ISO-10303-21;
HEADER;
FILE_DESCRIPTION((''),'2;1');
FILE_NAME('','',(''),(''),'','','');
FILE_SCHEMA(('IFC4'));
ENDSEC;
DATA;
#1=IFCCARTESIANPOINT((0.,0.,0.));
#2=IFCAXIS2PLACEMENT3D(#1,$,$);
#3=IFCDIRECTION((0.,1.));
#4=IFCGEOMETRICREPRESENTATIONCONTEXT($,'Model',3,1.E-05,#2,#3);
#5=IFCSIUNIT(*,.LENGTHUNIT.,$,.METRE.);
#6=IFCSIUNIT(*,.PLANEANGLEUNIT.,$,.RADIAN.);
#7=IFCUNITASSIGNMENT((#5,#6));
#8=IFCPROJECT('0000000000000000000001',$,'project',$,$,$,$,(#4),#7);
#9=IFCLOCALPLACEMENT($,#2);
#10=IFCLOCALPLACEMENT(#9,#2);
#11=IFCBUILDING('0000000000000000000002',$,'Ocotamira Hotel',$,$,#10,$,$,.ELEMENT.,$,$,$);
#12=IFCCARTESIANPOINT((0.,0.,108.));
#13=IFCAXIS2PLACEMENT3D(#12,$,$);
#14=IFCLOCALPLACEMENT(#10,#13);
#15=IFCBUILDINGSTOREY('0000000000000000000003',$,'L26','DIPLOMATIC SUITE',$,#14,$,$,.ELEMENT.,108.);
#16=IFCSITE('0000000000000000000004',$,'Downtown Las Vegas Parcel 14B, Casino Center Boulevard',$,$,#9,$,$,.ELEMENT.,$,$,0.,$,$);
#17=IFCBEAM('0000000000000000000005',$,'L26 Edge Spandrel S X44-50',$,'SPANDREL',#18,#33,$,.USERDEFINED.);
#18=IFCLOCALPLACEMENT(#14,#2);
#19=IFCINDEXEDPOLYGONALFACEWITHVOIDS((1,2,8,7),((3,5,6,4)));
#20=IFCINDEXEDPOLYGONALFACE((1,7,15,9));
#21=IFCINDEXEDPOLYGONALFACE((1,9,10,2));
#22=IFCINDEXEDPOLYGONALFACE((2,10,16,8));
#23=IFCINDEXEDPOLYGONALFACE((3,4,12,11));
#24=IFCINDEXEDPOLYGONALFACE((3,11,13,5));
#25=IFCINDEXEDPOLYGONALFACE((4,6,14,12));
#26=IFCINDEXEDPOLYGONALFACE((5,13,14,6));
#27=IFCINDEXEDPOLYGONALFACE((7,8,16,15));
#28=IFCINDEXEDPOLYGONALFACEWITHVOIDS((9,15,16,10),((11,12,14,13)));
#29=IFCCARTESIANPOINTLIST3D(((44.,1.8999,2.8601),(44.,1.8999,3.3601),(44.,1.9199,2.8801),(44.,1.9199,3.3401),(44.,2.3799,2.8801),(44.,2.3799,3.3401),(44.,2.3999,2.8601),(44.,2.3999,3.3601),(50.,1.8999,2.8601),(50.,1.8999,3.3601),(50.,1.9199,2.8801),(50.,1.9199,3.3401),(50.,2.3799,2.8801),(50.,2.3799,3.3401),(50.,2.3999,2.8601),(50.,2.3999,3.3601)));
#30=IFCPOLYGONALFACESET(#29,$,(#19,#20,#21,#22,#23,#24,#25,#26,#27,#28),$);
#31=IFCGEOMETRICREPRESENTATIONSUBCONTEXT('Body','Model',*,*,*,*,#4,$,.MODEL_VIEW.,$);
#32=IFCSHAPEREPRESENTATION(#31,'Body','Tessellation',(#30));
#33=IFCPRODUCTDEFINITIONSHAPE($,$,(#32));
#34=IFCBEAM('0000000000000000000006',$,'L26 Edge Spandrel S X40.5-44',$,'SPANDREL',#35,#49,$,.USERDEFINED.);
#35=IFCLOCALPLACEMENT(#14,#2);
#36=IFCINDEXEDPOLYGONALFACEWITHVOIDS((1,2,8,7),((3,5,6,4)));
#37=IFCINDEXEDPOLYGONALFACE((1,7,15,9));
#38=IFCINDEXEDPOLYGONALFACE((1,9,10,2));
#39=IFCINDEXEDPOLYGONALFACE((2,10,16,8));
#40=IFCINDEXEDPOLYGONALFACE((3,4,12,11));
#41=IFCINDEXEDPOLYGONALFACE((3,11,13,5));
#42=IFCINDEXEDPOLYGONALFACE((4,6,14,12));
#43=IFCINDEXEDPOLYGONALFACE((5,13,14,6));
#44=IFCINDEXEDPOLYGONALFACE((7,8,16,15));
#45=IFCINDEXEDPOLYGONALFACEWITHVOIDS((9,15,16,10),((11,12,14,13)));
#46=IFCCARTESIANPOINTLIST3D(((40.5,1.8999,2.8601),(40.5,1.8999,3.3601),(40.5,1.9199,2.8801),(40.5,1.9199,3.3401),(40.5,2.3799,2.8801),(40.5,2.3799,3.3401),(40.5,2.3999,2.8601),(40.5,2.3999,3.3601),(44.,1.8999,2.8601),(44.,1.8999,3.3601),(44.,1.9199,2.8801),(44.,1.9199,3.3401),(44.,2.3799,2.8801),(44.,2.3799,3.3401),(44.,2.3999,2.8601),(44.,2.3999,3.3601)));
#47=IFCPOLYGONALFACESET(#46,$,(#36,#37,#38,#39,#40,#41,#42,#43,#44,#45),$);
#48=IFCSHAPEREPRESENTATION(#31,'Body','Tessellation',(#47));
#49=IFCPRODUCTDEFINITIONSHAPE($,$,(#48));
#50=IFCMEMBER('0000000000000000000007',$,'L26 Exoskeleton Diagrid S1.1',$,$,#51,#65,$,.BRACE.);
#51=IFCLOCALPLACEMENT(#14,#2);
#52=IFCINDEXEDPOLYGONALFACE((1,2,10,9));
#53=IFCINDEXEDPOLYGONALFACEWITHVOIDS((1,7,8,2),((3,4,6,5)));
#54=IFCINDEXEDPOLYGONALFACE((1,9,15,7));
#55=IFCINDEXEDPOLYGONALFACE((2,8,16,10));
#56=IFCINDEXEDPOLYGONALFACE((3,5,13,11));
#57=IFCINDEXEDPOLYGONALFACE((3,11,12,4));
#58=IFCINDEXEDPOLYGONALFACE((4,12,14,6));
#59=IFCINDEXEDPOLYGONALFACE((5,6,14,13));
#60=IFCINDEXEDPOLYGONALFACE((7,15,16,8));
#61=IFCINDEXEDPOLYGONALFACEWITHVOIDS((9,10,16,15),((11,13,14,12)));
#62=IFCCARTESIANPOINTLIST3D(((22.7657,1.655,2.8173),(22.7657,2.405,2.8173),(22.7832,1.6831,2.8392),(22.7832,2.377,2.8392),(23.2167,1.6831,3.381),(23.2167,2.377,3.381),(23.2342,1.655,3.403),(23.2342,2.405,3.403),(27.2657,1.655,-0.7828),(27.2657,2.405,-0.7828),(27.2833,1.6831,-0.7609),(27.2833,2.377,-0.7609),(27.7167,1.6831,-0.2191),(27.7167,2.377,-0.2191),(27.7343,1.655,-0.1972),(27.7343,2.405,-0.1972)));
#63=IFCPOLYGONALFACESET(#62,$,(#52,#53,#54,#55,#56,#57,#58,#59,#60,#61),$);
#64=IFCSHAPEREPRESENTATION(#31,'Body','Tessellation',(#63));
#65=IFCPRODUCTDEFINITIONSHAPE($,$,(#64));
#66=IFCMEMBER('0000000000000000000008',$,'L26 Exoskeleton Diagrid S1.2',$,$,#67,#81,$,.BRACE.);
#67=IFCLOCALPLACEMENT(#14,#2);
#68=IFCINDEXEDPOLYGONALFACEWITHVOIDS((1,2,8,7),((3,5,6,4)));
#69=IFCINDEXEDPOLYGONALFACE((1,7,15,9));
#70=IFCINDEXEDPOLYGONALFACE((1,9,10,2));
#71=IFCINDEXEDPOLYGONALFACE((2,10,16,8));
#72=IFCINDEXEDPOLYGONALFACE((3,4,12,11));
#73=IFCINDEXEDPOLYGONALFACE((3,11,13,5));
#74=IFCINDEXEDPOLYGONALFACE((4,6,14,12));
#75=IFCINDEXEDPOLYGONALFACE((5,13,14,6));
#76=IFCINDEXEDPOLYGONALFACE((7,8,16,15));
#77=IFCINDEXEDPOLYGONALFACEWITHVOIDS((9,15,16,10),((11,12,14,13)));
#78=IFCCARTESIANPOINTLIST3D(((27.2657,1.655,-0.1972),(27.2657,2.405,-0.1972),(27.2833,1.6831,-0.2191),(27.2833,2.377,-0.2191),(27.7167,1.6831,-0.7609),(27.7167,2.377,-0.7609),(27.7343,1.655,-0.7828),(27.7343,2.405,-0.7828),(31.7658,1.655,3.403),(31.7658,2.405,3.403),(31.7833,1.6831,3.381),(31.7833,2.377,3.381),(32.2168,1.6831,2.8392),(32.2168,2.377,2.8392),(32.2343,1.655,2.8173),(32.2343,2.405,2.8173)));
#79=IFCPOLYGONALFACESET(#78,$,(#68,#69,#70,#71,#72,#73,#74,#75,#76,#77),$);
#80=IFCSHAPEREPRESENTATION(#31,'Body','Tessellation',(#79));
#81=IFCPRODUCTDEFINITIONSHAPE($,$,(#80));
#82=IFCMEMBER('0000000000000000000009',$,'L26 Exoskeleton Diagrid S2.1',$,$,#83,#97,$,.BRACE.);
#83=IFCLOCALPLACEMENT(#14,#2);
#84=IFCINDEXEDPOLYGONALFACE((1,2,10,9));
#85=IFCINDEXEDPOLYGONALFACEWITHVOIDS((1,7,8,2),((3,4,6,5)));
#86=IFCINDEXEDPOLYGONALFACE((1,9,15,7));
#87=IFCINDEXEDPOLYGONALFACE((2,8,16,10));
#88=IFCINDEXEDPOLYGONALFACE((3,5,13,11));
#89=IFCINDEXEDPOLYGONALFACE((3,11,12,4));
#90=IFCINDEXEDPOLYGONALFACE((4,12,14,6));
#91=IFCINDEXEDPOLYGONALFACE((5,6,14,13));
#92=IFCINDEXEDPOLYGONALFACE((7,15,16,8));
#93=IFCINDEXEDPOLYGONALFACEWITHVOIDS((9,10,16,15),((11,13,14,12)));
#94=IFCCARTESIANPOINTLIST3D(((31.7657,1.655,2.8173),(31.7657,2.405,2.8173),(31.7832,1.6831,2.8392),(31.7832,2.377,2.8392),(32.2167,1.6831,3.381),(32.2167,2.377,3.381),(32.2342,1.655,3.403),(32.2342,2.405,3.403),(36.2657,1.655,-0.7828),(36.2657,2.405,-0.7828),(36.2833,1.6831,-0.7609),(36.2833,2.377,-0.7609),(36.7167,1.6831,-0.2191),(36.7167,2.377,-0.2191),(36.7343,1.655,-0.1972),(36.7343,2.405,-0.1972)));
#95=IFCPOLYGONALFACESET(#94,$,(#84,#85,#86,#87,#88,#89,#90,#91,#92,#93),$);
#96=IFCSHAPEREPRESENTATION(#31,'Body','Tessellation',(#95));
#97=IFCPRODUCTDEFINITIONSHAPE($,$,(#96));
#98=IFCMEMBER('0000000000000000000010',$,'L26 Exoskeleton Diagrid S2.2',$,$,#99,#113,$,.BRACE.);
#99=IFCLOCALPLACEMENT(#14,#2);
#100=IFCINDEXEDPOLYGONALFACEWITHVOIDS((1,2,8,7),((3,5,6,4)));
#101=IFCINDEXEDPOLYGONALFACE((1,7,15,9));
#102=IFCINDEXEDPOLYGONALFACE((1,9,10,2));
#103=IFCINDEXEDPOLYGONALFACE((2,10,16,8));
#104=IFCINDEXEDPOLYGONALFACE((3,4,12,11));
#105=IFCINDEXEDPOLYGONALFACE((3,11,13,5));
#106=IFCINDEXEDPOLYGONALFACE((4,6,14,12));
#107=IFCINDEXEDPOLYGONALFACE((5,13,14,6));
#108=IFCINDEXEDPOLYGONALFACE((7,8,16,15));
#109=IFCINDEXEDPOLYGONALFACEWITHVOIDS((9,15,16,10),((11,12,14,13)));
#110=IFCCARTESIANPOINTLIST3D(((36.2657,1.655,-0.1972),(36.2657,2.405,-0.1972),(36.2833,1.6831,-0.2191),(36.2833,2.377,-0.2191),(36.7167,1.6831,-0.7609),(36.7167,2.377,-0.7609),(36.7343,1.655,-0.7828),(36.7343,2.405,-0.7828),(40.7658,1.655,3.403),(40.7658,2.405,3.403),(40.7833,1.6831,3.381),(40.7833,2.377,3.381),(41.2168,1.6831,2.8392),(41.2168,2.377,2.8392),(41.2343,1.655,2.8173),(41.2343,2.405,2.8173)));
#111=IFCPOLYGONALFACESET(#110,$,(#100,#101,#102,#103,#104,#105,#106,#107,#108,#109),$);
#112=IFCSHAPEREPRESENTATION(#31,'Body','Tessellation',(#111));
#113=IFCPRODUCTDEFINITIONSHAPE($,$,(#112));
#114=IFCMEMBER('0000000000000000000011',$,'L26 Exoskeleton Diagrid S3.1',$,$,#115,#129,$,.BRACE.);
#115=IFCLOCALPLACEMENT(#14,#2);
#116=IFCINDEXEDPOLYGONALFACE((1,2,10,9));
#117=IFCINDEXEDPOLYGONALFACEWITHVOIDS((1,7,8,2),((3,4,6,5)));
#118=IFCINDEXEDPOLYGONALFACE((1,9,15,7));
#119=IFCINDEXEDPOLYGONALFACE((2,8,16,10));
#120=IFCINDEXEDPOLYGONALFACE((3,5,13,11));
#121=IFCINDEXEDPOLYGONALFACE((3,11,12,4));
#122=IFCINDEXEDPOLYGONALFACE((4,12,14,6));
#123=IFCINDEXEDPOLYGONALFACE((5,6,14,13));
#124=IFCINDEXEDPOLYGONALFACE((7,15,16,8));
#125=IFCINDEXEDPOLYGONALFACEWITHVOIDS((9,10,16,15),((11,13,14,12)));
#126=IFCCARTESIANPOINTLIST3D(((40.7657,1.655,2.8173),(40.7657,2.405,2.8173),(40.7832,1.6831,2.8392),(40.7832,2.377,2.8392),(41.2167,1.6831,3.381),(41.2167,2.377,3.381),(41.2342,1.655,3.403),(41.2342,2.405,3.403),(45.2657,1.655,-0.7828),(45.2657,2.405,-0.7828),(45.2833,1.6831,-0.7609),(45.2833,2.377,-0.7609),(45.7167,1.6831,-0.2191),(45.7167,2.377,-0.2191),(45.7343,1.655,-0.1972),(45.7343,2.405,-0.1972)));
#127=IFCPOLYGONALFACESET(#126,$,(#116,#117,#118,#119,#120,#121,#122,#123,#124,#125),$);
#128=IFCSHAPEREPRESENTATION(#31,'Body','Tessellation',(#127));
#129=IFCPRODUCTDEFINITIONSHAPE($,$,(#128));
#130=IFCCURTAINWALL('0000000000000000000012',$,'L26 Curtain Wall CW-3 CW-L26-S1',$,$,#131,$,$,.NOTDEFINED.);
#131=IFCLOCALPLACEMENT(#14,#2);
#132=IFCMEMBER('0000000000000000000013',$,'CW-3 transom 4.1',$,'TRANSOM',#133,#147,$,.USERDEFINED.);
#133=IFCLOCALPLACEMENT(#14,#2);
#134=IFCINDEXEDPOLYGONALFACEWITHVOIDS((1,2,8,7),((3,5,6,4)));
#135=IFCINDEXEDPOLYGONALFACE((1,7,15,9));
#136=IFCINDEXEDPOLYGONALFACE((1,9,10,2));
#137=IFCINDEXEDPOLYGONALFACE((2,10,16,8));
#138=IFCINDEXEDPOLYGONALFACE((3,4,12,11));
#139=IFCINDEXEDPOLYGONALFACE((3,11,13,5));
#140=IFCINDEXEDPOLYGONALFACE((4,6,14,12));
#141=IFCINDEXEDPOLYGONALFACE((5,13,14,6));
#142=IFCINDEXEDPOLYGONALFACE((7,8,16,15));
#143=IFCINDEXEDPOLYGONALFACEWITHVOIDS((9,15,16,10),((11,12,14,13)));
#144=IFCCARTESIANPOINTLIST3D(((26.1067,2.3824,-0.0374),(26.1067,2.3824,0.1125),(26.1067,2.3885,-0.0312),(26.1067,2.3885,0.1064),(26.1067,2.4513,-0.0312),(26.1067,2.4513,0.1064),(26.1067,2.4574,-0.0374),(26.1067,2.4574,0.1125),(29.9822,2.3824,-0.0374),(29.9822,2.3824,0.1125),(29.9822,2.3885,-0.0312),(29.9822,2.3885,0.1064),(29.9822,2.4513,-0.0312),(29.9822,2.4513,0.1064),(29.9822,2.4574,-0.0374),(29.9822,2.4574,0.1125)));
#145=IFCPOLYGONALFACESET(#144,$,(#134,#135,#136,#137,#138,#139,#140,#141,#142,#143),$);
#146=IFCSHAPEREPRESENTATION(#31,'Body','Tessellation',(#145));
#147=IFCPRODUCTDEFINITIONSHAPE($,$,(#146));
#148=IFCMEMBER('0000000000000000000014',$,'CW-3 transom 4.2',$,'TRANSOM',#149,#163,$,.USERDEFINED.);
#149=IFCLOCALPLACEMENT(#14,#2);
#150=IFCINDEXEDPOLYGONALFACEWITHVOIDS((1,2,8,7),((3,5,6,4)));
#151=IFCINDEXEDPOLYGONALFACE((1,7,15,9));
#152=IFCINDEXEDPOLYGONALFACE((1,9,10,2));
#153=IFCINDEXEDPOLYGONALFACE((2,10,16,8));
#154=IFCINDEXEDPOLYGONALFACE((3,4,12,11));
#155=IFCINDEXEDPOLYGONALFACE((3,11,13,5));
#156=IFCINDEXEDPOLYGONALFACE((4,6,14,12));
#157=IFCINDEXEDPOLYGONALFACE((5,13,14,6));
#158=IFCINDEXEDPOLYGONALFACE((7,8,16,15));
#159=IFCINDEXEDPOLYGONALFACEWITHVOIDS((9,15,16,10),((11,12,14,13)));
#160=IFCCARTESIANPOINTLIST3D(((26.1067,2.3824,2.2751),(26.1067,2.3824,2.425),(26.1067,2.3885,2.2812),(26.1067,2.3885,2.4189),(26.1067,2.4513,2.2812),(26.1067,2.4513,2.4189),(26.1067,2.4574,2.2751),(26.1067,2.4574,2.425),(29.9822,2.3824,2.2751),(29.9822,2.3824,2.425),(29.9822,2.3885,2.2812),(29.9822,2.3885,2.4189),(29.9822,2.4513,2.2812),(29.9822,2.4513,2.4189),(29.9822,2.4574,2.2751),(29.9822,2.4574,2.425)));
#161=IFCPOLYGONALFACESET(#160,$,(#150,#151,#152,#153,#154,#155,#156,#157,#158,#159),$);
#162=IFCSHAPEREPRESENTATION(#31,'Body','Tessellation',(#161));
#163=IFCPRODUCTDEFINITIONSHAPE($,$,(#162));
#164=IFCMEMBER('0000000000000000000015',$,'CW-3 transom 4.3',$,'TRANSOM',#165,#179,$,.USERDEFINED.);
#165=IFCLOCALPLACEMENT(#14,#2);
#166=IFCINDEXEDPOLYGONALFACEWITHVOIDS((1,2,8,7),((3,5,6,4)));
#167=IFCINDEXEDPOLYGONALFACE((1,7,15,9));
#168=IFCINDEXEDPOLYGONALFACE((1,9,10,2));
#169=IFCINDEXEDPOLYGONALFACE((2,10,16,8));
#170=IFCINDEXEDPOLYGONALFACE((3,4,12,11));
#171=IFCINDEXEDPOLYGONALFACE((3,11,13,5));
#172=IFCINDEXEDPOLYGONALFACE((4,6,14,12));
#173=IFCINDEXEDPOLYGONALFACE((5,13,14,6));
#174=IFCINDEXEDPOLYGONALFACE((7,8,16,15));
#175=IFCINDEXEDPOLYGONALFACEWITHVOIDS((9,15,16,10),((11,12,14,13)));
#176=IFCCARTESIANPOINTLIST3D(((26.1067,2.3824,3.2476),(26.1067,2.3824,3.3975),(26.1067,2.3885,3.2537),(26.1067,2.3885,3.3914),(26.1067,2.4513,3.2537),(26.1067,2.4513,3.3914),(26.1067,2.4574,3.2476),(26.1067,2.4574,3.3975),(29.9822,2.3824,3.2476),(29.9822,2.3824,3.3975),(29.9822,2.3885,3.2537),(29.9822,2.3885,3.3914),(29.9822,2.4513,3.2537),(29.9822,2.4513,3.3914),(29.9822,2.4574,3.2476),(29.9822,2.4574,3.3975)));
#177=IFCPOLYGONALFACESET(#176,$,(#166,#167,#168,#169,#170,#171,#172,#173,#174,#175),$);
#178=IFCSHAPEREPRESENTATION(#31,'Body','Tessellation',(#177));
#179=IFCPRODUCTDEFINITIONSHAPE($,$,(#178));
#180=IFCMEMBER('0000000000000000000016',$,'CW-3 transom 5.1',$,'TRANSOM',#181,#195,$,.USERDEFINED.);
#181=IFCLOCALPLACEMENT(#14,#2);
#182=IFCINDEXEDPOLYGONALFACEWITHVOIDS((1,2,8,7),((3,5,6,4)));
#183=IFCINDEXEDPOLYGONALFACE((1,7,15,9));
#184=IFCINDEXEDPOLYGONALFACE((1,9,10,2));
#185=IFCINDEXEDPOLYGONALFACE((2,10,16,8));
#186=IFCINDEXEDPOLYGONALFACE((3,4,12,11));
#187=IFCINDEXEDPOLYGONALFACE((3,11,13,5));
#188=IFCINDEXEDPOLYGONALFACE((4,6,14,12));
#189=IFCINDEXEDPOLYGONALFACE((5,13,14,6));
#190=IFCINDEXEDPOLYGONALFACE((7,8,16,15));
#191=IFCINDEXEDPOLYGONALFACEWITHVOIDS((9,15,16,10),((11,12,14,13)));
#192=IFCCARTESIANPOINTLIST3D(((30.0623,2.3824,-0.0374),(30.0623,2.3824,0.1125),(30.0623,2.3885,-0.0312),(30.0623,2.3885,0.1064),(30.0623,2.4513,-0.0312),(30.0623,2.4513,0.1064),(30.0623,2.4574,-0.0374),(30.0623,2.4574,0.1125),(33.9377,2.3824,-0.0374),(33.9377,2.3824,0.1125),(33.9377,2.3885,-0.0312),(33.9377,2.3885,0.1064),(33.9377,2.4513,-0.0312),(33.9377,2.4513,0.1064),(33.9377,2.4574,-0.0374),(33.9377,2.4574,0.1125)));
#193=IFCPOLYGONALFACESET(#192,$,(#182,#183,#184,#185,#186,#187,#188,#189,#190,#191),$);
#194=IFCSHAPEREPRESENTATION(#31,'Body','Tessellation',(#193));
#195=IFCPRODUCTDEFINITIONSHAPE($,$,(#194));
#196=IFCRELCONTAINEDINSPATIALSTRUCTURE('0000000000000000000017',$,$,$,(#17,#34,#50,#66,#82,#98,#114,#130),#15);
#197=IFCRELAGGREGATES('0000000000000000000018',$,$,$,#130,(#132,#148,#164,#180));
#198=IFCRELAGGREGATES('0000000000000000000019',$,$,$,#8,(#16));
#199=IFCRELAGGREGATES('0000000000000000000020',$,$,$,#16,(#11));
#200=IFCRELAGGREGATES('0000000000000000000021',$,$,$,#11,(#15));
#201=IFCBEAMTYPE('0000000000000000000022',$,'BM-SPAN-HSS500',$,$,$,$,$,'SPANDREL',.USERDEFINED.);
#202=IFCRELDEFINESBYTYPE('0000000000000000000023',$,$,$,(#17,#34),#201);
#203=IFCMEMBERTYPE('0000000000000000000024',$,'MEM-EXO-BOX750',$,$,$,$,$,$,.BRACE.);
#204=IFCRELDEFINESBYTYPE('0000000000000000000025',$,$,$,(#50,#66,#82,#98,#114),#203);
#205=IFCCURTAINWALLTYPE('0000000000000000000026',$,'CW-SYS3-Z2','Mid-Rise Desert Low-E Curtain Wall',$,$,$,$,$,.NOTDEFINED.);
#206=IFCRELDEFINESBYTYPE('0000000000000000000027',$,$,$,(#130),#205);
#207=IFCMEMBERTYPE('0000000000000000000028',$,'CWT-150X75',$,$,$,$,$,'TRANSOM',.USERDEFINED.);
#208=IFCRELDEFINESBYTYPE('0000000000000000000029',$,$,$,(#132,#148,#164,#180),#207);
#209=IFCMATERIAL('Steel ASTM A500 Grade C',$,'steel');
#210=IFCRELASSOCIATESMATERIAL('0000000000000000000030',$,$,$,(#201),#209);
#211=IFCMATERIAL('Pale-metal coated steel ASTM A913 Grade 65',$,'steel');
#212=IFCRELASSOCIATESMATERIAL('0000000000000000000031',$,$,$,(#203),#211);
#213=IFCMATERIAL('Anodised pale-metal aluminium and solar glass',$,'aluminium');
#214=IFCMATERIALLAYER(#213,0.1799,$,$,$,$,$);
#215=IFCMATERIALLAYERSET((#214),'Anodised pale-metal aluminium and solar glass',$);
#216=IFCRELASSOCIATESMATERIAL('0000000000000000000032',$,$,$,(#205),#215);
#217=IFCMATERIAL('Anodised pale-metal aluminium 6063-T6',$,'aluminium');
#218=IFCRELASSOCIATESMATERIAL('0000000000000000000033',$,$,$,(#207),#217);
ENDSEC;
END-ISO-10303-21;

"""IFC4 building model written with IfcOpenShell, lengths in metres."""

from ifc_helpers import new_model, si_unit, direction, frame, origin, origin_2d, place, context, subcontext, project, spatial, hollow_rectangle, extrude, source, transform, mapped, material, layer, layer_set, material_profile, profile_set, type_object, element, aggregate, save


model = new_model("IFC4")

# Units and contexts
model_context = context("Model", 3, precision=1e-05, world=origin(), true_north=direction((0.0, 1.0)))
body_context = subcontext(model_context, "Body", "Model", "MODEL_VIEW")
ifc_project = project(units=[si_unit("LENGTHUNIT", "METRE"), si_unit("PLANEANGLEUNIT", "RADIAN")], contexts=[model_context])

# Site, building, storey
site_placement = place(None, origin())
site = spatial("IfcSite", under=ifc_project, at=site_placement, Name="Downtown Las Vegas Parcel 14B, Casino Center Boulevard", CompositionType="ELEMENT", RefElevation=0.0)
building_placement = place(site_placement, origin())
building = spatial("IfcBuilding", under=site, at=building_placement, Name="Ocotamira Hotel", CompositionType="ELEMENT")
storey_placement = place(building_placement, frame((0.0, 0.0, 108.0)))
storey = spatial("IfcBuildingStorey", under=building, at=storey_placement, Name="L26", Description="DIPLOMATIC SUITE", CompositionType="ELEMENT", Elevation=108.0)

# Beams
ifc_material_1 = material(Name="Steel ASTM A500 Grade C", Category="steel")
ifc_material_profile_1 = material_profile(ifc_material_1, hollow_rectangle(XDim=0.5, YDim=0.5, WallThickness=0.02, at=origin_2d()), Name="HSS500X500X20")
ifc_profile_set_1 = profile_set([ifc_material_profile_1], Name="Steel ASTM A500 Grade C")
beam_type = type_object("IfcBeamType", Name="BM-SPAN-HSS500", ElementType="SPANDREL", PredefinedType="USERDEFINED", material=ifc_profile_set_1)
shared_shape_1 = source(origin(), body_context, "Body", "SweptSolid", [
    extrude(hollow_rectangle(XDim=0.5, YDim=0.5, WallThickness=0.02, at=origin_2d()), origin(), (0.0, 0.0, 1.0), 6.0),
])
beam_1_placement = place(storey_placement, frame((44.0, 2.1499, 3.1101), z_axis=(1.0, 0.0, 0.0), x_axis=(0.0, 1.0, 0.0)))
element("IfcBeam", 1, at=beam_1_placement, inside=storey, type_object=beam_type, Name="L26 Edge Spandrel S X44-50", ObjectType="SPANDREL", PredefinedType="USERDEFINED", context=body_context, shape_type="MappedRepresentation", body=[
    mapped(shared_shape_1, transform((0.0, 0.0, 0.0), scale=1.0)),
])
shared_shape_2 = source(origin(), body_context, "Body", "SweptSolid", [
    extrude(hollow_rectangle(XDim=0.5, YDim=0.5, WallThickness=0.02, at=origin_2d()), origin(), (0.0, 0.0, 1.0), 3.5),
])
beam_2_placement = place(storey_placement, frame((40.5, 2.1499, 3.1101), z_axis=(1.0, 0.0, 0.0), x_axis=(0.0, 1.0, 0.0)))
element("IfcBeam", 2, at=beam_2_placement, inside=storey, type_object=beam_type, Name="L26 Edge Spandrel S X40.5-44", ObjectType="SPANDREL", PredefinedType="USERDEFINED", context=body_context, shape_type="MappedRepresentation", body=[
    mapped(shared_shape_2, transform((0.0, 0.0, 0.0), scale=1.0)),
])

# Members
ifc_material_2 = material(Name="Pale-metal coated steel ASTM A913 Grade 65", Category="steel")
ifc_material_profile_2 = material_profile(ifc_material_2, hollow_rectangle(XDim=0.75, YDim=0.75, WallThickness=0.0281, at=origin_2d()), Name="BOX750X750X28")
ifc_profile_set_2 = profile_set([ifc_material_profile_2], Name="Pale-metal coated steel ASTM A913 Grade 65")
member_type_1 = type_object("IfcMemberType", Name="MEM-EXO-BOX750", PredefinedType="BRACE", material=ifc_profile_set_2)
shared_shape_3 = source(origin(), body_context, "Body", "SweptSolid", [
    extrude(hollow_rectangle(XDim=0.75, YDim=0.75, WallThickness=0.0281, at=origin_2d()), origin(), (0.0, 0.0, 1.0), 5.7629),
])
for number, where, z_axis, x_axis, name in (
    (3, (27.5, 2.03, -0.49), (-0.780861, 0.0, 0.624705), (0.0, -1.0, 0.0), "L26 Exoskeleton Diagrid S1.1"),
    (4, (27.5, 2.03, -0.49), (0.780861, 0.0, 0.624705), (0.0, 1.0, 0.0), "L26 Exoskeleton Diagrid S1.2"),
    (5, (36.5, 2.03, -0.49), (-0.780861, 0.0, 0.624705), (0.0, -1.0, 0.0), "L26 Exoskeleton Diagrid S2.1"),
    (6, (36.5, 2.03, -0.49), (0.780861, 0.0, 0.624705), (0.0, 1.0, 0.0), "L26 Exoskeleton Diagrid S2.2"),
    (7, (45.5, 2.03, -0.49), (-0.780861, 0.0, 0.624705), (0.0, -1.0, 0.0), "L26 Exoskeleton Diagrid S3.1"),
):
    element("IfcMember", number, at=place(storey_placement, frame(where, z_axis=z_axis, x_axis=x_axis)), inside=storey, type_object=member_type_1, Name=name, PredefinedType="BRACE", context=body_context, shape_type="MappedRepresentation", body=[
        mapped(shared_shape_3, transform((0.0, 0.0, 0.0), scale=1.0)),
    ])

# Curtain wall, members
ifc_material_3 = material(Name="Anodised pale-metal aluminium and solar glass", Category="aluminium")
ifc_layer_1 = layer(ifc_material_3, 0.1799)
ifc_layer_set_1 = layer_set([ifc_layer_1], Name="Anodised pale-metal aluminium and solar glass")
curtain_wall_type = type_object("IfcCurtainWallType", Name="CW-SYS3-Z2", Description="Mid-Rise Desert Low-E Curtain Wall", PredefinedType="NOTDEFINED", material=ifc_layer_set_1)
curtain_wall_placement = place(storey_placement, origin())
curtain_wall = element("IfcCurtainWall", 8, at=curtain_wall_placement, inside=storey, type_object=curtain_wall_type, Name="L26 Curtain Wall CW-3 CW-L26-S1", PredefinedType="NOTDEFINED")
ifc_material_4 = material(Name="Anodised pale-metal aluminium 6063-T6", Category="aluminium")
ifc_material_profile_3 = material_profile(ifc_material_4, hollow_rectangle(XDim=0.075, YDim=0.1499, WallThickness=0.0061, at=origin_2d()), Name="HSS150X75X6")
ifc_profile_set_3 = profile_set([ifc_material_profile_3], Name="Anodised pale-metal aluminium 6063-T6")
member_type_2 = type_object("IfcMemberType", Name="CWT-150X75", ElementType="TRANSOM", PredefinedType="USERDEFINED", material=ifc_profile_set_3)
shared_shape_4 = source(origin(), body_context, "Body", "SweptSolid", [
    extrude(hollow_rectangle(XDim=0.075, YDim=0.1499, WallThickness=0.0061, at=origin_2d()), origin(), (0.0, 0.0, 1.0), 3.8755),
])
member_1_placement = place(storey_placement, frame((26.1067, 2.4199, 0.0376), z_axis=(1.0, 0.0, 0.0), x_axis=(0.0, 1.0, 0.0)))
member_1 = element("IfcMember", 9, at=member_1_placement, type_object=member_type_2, Name="CW-3 transom 4.1", ObjectType="TRANSOM", PredefinedType="USERDEFINED", context=body_context, shape_type="MappedRepresentation", body=[
    mapped(shared_shape_4, transform((0.0, 0.0, 0.0), scale=1.0)),
])
member_2_placement = place(storey_placement, frame((26.1067, 2.4199, 2.3501), z_axis=(1.0, 0.0, 0.0), x_axis=(0.0, 1.0, 0.0)))
member_2 = element("IfcMember", 10, at=member_2_placement, type_object=member_type_2, Name="CW-3 transom 4.2", ObjectType="TRANSOM", PredefinedType="USERDEFINED", context=body_context, shape_type="MappedRepresentation", body=[
    mapped(shared_shape_4, transform((0.0, 0.0, 0.0), scale=1.0)),
])
member_3_placement = place(storey_placement, frame((26.1067, 2.4199, 3.3225), z_axis=(1.0, 0.0, 0.0), x_axis=(0.0, 1.0, 0.0)))
member_3 = element("IfcMember", 11, at=member_3_placement, type_object=member_type_2, Name="CW-3 transom 4.3", ObjectType="TRANSOM", PredefinedType="USERDEFINED", context=body_context, shape_type="MappedRepresentation", body=[
    mapped(shared_shape_4, transform((0.0, 0.0, 0.0), scale=1.0)),
])
member_4_placement = place(storey_placement, frame((30.0623, 2.4199, 0.0376), z_axis=(1.0, 0.0, 0.0), x_axis=(0.0, 1.0, 0.0)))
member_4 = element("IfcMember", 12, at=member_4_placement, type_object=member_type_2, Name="CW-3 transom 5.1", ObjectType="TRANSOM", PredefinedType="USERDEFINED", context=body_context, shape_type="MappedRepresentation", body=[
    mapped(shared_shape_4, transform((0.0, 0.0, 0.0), scale=1.0)),
])

aggregate(curtain_wall, [member_1, member_2, member_3, member_4])

save(model, "model.ifc")
